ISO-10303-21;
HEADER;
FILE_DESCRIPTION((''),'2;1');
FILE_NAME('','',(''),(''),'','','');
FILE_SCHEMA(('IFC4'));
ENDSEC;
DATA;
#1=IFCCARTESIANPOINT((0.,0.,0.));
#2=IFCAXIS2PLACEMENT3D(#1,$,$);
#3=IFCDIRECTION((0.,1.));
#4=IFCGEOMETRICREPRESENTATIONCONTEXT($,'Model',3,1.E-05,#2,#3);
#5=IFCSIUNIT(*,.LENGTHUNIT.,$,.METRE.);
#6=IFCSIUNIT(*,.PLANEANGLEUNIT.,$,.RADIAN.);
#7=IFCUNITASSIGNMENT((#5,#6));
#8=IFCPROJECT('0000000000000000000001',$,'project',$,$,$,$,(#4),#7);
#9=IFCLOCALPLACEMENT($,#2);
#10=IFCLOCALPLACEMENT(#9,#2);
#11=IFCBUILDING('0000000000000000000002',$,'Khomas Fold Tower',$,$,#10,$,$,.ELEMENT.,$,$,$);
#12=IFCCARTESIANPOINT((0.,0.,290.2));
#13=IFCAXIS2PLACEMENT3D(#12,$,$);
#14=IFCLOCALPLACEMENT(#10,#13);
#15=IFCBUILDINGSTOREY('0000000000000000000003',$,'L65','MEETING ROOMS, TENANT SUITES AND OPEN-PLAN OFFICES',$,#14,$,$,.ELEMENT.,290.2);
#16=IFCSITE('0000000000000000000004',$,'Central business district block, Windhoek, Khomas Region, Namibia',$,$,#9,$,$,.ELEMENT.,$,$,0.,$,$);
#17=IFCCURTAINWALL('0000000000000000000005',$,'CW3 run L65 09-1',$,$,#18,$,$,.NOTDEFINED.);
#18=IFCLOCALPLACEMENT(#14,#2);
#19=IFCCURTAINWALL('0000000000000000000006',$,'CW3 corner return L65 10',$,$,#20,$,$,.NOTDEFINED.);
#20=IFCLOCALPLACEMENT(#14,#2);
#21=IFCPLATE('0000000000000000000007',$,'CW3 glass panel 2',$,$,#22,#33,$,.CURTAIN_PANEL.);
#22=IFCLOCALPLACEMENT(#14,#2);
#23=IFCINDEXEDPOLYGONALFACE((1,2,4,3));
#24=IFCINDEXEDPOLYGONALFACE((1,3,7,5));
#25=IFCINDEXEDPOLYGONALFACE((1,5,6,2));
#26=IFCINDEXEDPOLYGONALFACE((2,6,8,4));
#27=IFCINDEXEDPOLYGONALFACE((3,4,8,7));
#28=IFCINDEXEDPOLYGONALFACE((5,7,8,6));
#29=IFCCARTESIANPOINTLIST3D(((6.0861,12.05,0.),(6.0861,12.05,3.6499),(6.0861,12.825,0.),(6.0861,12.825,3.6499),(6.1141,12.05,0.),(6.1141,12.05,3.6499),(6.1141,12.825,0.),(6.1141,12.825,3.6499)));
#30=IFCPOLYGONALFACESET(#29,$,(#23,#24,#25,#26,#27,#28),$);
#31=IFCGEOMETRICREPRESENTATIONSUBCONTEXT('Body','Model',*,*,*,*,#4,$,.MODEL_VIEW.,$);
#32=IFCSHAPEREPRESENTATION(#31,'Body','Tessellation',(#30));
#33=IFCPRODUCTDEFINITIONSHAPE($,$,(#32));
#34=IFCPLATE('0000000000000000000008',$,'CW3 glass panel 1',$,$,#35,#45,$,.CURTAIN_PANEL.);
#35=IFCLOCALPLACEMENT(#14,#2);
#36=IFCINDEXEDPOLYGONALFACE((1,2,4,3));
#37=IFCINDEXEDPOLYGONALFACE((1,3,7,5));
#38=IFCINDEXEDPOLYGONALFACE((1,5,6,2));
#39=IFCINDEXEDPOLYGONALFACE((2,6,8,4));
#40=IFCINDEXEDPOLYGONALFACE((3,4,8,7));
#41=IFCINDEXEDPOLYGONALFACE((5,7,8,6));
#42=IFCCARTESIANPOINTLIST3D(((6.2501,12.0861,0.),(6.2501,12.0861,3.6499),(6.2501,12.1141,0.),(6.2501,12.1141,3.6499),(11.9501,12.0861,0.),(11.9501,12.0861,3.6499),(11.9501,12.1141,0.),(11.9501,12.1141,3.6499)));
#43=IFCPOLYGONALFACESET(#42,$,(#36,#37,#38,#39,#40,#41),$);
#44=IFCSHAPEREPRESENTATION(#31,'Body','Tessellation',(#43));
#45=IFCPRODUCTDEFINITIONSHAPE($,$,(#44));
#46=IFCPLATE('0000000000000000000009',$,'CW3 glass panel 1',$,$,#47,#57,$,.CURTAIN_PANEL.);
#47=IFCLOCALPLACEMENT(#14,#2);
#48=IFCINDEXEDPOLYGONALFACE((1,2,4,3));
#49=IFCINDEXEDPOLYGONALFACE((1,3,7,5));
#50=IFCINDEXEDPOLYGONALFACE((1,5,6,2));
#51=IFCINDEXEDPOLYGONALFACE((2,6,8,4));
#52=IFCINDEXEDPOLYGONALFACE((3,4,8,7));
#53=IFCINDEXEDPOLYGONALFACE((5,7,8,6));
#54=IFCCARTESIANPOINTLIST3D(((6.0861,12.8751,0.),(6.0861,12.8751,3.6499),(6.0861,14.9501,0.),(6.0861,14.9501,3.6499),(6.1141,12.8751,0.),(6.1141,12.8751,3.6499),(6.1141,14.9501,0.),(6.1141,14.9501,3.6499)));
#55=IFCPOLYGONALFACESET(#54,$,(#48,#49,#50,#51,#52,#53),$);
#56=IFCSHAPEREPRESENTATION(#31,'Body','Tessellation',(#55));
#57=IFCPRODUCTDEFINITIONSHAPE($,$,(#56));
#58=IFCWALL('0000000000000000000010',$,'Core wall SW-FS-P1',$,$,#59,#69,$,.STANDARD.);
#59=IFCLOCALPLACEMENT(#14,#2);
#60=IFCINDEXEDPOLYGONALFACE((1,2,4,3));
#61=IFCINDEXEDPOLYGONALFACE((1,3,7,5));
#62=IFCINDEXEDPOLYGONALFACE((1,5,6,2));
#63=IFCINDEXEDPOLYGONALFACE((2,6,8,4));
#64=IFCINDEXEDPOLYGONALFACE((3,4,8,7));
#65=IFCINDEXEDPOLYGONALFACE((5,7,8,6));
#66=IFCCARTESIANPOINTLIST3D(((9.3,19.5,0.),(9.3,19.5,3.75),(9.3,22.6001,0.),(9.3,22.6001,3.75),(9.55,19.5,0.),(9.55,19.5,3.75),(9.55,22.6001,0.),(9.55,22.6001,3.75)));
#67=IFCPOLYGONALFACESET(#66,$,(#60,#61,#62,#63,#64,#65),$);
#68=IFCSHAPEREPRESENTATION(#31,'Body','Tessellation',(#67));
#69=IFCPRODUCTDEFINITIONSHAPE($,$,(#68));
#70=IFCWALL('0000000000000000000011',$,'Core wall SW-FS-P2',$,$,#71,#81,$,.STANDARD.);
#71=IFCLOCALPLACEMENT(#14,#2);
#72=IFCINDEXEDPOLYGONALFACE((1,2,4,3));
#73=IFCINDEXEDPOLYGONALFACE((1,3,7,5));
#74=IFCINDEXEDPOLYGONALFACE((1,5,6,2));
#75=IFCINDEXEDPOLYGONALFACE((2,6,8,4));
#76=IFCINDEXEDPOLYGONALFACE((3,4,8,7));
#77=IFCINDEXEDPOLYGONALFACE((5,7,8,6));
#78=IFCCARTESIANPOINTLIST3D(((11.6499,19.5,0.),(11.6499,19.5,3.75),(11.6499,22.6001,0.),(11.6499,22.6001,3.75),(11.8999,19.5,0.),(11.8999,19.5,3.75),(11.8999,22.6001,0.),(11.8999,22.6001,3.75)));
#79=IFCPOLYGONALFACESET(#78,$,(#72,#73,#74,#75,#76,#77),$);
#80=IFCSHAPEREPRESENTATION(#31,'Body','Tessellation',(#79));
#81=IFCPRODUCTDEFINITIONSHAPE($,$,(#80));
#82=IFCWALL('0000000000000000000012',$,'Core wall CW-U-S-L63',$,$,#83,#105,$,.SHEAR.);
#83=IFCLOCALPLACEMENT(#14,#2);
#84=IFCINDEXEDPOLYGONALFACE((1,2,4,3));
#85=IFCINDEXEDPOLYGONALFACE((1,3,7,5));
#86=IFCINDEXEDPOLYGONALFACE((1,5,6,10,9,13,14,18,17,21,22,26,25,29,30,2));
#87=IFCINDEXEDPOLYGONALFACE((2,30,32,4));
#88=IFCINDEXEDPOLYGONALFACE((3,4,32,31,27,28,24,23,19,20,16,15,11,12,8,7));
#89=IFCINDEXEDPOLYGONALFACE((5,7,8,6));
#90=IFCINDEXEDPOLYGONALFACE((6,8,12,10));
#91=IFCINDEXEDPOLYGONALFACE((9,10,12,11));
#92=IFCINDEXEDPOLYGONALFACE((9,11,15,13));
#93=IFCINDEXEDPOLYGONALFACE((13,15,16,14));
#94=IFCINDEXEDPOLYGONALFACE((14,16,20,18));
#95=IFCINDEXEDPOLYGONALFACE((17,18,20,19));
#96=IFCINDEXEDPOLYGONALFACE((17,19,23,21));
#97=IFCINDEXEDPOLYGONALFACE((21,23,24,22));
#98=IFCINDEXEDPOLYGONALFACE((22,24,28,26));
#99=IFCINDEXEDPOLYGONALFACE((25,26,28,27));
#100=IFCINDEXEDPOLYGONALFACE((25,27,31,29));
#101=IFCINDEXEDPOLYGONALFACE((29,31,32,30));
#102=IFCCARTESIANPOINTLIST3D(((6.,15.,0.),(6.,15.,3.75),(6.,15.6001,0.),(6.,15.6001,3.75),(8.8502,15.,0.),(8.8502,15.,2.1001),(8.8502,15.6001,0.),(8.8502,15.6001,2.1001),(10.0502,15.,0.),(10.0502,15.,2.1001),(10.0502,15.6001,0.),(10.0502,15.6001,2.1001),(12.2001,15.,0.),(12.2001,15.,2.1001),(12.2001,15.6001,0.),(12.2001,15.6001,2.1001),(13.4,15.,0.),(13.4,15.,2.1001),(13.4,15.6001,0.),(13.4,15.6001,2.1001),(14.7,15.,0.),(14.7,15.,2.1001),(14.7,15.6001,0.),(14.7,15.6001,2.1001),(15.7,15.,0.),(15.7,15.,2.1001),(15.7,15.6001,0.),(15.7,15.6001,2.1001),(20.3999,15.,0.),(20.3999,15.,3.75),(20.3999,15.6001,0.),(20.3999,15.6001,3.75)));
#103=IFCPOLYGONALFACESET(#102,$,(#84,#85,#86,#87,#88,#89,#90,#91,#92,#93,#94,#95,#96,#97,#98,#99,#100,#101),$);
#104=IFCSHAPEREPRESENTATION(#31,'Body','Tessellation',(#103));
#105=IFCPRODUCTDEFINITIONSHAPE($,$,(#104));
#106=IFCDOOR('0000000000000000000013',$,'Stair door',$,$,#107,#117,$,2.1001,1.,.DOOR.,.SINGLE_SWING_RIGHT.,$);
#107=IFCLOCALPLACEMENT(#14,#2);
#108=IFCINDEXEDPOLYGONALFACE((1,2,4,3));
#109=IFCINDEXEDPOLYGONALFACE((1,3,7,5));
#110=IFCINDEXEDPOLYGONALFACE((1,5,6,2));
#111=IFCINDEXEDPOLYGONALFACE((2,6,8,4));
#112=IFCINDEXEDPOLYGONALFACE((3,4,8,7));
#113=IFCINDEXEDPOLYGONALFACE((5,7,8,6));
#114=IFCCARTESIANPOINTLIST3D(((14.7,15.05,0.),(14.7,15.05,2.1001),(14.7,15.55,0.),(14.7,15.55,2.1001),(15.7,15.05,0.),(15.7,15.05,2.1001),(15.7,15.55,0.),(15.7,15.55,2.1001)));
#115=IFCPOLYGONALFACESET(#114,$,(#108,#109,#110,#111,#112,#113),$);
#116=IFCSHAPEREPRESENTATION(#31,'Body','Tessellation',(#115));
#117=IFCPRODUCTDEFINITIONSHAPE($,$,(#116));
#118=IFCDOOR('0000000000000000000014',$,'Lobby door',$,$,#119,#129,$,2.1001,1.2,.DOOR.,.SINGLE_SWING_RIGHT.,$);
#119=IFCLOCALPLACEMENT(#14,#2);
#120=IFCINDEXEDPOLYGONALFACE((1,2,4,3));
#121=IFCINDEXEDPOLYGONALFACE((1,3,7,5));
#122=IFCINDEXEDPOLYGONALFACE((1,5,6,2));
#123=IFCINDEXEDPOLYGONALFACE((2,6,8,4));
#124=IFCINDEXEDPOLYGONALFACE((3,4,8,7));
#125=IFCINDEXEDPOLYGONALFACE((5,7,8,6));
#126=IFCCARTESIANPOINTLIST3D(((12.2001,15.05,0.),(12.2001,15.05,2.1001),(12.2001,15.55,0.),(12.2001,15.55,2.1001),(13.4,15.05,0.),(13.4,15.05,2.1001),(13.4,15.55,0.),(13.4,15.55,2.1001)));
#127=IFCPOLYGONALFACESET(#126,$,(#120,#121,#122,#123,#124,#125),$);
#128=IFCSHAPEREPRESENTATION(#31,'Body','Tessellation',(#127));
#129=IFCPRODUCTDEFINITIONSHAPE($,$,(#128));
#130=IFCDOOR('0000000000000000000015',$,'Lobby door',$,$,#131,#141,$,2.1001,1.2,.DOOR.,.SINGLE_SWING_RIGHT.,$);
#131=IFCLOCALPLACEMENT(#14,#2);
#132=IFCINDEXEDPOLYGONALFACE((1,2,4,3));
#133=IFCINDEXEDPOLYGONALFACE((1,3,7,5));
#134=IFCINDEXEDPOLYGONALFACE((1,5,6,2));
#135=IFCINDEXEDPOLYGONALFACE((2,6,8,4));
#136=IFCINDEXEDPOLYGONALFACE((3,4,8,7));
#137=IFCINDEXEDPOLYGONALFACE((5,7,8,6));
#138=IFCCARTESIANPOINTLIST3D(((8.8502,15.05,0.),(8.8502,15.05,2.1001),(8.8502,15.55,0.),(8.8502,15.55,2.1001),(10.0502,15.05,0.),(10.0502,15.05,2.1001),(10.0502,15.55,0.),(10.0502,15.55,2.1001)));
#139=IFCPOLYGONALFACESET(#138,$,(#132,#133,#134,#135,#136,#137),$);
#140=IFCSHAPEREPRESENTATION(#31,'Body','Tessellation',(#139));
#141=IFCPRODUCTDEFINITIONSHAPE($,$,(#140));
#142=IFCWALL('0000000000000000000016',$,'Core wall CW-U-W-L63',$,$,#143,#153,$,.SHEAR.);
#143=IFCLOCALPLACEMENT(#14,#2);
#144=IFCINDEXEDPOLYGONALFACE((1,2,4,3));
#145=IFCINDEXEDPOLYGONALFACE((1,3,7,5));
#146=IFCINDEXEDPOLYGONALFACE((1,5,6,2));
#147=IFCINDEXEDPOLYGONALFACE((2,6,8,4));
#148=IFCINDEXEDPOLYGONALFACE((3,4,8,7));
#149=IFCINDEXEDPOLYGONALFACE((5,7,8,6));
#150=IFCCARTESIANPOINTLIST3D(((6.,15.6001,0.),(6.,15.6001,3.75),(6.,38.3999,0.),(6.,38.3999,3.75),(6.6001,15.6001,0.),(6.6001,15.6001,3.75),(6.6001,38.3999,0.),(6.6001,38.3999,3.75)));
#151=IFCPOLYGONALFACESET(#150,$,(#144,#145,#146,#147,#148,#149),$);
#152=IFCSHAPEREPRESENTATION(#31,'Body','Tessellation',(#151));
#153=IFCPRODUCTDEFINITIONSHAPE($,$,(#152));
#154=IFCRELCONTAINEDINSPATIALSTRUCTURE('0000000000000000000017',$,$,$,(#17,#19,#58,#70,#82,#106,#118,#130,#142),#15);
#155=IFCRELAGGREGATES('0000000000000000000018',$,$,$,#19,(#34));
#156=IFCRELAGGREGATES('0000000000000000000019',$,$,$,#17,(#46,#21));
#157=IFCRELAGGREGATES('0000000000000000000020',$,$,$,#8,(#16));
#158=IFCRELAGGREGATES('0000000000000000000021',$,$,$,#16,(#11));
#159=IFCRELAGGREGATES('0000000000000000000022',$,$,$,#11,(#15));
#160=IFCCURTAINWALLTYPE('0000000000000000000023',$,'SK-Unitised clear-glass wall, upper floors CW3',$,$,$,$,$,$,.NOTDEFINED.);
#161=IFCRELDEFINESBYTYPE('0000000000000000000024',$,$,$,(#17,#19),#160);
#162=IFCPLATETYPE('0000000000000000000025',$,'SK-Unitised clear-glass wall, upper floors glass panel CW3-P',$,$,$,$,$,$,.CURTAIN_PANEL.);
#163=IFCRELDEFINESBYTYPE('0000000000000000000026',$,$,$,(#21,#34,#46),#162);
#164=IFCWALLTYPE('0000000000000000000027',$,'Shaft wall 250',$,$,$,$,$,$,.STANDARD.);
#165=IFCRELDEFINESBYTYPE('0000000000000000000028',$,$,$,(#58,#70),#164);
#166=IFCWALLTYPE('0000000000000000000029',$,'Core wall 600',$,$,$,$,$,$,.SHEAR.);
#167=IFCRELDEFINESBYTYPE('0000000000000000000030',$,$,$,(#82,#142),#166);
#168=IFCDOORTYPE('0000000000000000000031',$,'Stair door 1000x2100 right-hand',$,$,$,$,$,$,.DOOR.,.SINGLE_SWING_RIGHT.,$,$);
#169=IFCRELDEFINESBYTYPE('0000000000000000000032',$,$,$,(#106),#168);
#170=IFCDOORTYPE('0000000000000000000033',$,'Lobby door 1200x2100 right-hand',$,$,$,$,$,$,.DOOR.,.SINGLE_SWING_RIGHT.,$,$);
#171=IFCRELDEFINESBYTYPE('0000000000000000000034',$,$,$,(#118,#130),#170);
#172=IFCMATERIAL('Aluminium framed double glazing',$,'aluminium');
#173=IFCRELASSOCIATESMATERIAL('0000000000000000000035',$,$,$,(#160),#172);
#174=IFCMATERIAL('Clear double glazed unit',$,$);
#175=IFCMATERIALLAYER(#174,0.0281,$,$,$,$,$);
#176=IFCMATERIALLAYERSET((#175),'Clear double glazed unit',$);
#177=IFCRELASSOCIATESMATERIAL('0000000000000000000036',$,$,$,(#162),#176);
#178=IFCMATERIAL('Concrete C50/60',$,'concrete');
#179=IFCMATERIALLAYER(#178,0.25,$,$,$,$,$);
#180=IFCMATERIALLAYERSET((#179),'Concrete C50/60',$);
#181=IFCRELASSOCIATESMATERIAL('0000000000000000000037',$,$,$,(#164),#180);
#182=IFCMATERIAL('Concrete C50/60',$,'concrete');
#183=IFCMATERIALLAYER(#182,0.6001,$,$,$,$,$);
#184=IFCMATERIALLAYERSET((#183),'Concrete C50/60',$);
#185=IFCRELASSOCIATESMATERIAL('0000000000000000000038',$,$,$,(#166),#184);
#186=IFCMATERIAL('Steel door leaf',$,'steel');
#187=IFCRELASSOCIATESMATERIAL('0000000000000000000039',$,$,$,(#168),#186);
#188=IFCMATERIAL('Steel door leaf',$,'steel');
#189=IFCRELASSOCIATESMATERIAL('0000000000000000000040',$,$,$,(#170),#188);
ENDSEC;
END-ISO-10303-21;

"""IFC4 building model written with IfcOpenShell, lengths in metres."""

from ifc_helpers import new_model, si_unit, direction, frame, frame_2d, origin, origin_2d, place, context, subcontext, project, spatial, rectangle, extrude, source, transform, mapped, material, layer, layer_set, type_object, element, fill, aggregate, save


model = new_model("IFC4")

# Units and contexts
model_context = context("Model", 3, precision=1e-05, world=origin(), true_north=direction((0.0, 1.0)))
body_context = subcontext(model_context, "Body", "Model", "MODEL_VIEW")
ifc_project = project(units=[si_unit("LENGTHUNIT", "METRE"), si_unit("PLANEANGLEUNIT", "RADIAN")], contexts=[model_context])

# Site, building, storey
site_placement = place(None, origin())
site = spatial("IfcSite", under=ifc_project, at=site_placement, Name="Central business district block, Windhoek, Khomas Region, Namibia", CompositionType="ELEMENT", RefElevation=0.0)
building_placement = place(site_placement, origin())
building = spatial("IfcBuilding", under=site, at=building_placement, Name="Khomas Fold Tower", CompositionType="ELEMENT")
storey_placement = place(building_placement, frame((0.0, 0.0, 290.2)))
storey = spatial("IfcBuildingStorey", under=building, at=storey_placement, Name="L65", Description="MEETING ROOMS, TENANT SUITES AND OPEN-PLAN OFFICES", CompositionType="ELEMENT", Elevation=290.2)

# Curtain walls
ifc_material_1 = material(Name="Aluminium framed double glazing", Category="aluminium")
curtain_wall_type = type_object("IfcCurtainWallType", Name="SK-Unitised clear-glass wall, upper floors CW3", PredefinedType="NOTDEFINED", material=ifc_material_1)
curtain_wall_1_placement = place(storey_placement, origin())
curtain_wall_1 = element("IfcCurtainWall", 1, at=curtain_wall_1_placement, inside=storey, type_object=curtain_wall_type, Name="CW3 run L65 09-1", PredefinedType="NOTDEFINED")
curtain_wall_2_placement = place(storey_placement, origin())
curtain_wall_2 = element("IfcCurtainWall", 2, at=curtain_wall_2_placement, inside=storey, type_object=curtain_wall_type, Name="CW3 corner return L65 10", PredefinedType="NOTDEFINED")

# Plates
ifc_material_2 = material(Name="Clear double glazed unit")
ifc_layer_1 = layer(ifc_material_2, 0.0281)
ifc_layer_set_1 = layer_set([ifc_layer_1], Name="Clear double glazed unit")
plate_type = type_object("IfcPlateType", Name="SK-Unitised clear-glass wall, upper floors glass panel CW3-P", PredefinedType="CURTAIN_PANEL", material=ifc_layer_set_1)
shared_shape_1 = source(origin(), body_context, "Body", "SweptSolid", [
    extrude(rectangle(XDim=0.7749, YDim=0.0281, at=origin_2d()), origin(), (0.0, 0.0, 1.0), 3.6499),
])
plate_1_placement = place(storey_placement, frame((6.1001, 12.4375, 0.0), z_axis=(0.0, 0.0, 1.0), x_axis=(0.0, -1.0, 0.0)))
plate_1 = element("IfcPlate", 3, at=plate_1_placement, type_object=plate_type, Name="CW3 glass panel 2", PredefinedType="CURTAIN_PANEL", context=body_context, shape_type="MappedRepresentation", body=[
    mapped(shared_shape_1, transform((0.0, 0.0, 0.0))),
])
shared_shape_2 = source(origin(), body_context, "Body", "SweptSolid", [
    extrude(rectangle(XDim=5.7, YDim=0.0281, at=origin_2d()), origin(), (0.0, 0.0, 1.0), 3.6499),
])
plate_2_placement = place(storey_placement, frame((9.1001, 12.1001, 0.0), z_axis=(0.0, 0.0, 1.0), x_axis=(1.0, 0.0, 0.0)))
plate_2 = element("IfcPlate", 4, at=plate_2_placement, type_object=plate_type, Name="CW3 glass panel 1", PredefinedType="CURTAIN_PANEL", context=body_context, shape_type="MappedRepresentation", body=[
    mapped(shared_shape_2, transform((0.0, 0.0, 0.0))),
])
aggregate(curtain_wall_2, [plate_2])
shared_shape_3 = source(origin(), body_context, "Body", "SweptSolid", [
    extrude(rectangle(XDim=2.075, YDim=0.0281, at=origin_2d()), origin(), (0.0, 0.0, 1.0), 3.6499),
])
plate_3_placement = place(storey_placement, frame((6.1001, 13.9126, 0.0), z_axis=(0.0, 0.0, 1.0), x_axis=(0.0, -1.0, 0.0)))
plate_3 = element("IfcPlate", 5, at=plate_3_placement, type_object=plate_type, Name="CW3 glass panel 1", PredefinedType="CURTAIN_PANEL", context=body_context, shape_type="MappedRepresentation", body=[
    mapped(shared_shape_3, transform((0.0, 0.0, 0.0))),
])
aggregate(curtain_wall_1, [plate_3, plate_1])

# Walls
ifc_material_3 = material(Name="Concrete C50/60", Category="concrete")
ifc_layer_2 = layer(ifc_material_3, 0.25)
ifc_layer_set_2 = layer_set([ifc_layer_2], Name="Concrete C50/60")
wall_type_1 = type_object("IfcWallType", Name="Shaft wall 250", PredefinedType="STANDARD", material=ifc_layer_set_2)
shared_shape_4 = source(origin(), body_context, "Body", "SweptSolid", [
    extrude(rectangle(XDim=3.1001, YDim=0.25, at=frame_2d((1.55, 0.0))), origin(), (0.0, 0.0, 1.0), 3.75),
])
for number, where, z_axis, x_axis, name in (
    (6, (9.425, 19.5, 0.0), (0.0, 0.0, 1.0), (0.0, 1.0, 0.0), "Core wall SW-FS-P1"),
    (7, (11.7749, 19.5, 0.0), (0.0, 0.0, 1.0), (0.0, 1.0, 0.0), "Core wall SW-FS-P2"),
):
    element("IfcWall", number, at=place(storey_placement, frame(where, z_axis=z_axis, x_axis=x_axis)), inside=storey, type_object=wall_type_1, Name=name, PredefinedType="STANDARD", context=body_context, shape_type="MappedRepresentation", body=[
        mapped(shared_shape_4, transform((0.0, 0.0, 0.0))),
    ])

# Wall, openings, doors
ifc_material_4 = material(Name="Concrete C50/60", Category="concrete")
ifc_layer_3 = layer(ifc_material_4, 0.6001)
ifc_layer_set_3 = layer_set([ifc_layer_3], Name="Concrete C50/60")
wall_type_2 = type_object("IfcWallType", Name="Core wall 600", PredefinedType="SHEAR", material=ifc_layer_set_3)
shared_shape_5 = source(origin(), body_context, "Body", "SweptSolid", [
    extrude(rectangle(XDim=14.3999, YDim=0.6001, at=frame_2d((7.2, 0.0))), origin(), (0.0, 0.0, 1.0), 3.75),
])
wall_1_placement = place(storey_placement, frame((6.0, 15.3, 0.0), z_axis=(0.0, 0.0, 1.0), x_axis=(1.0, 0.0, 0.0)))
wall_1 = element("IfcWall", 8, at=wall_1_placement, inside=storey, type_object=wall_type_2, Name="Core wall CW-U-S-L63", PredefinedType="SHEAR", context=body_context, shape_type="MappedRepresentation", body=[
    mapped(shared_shape_5, transform((0.0, 0.0, 0.0))),
])
shared_shape_6 = source(origin(), body_context, "Body", "SweptSolid", [
    extrude(rectangle(XDim=1.2, YDim=2.1001, at=frame_2d((0.6001, 1.05))), frame((0.0, 0.3101, 0.0), z_axis=(0.0, -1.0, 0.0), x_axis=(1.0, 0.0, 0.0)), (0.0, 0.0, 1.0), 0.6201),
])
opening_1_placement = place(wall_1_placement, frame((6.2, 0.0, 0.0)))
opening_1 = element("IfcOpeningElement", 9, at=opening_1_placement, cuts=wall_1, PredefinedType="OPENING", context=body_context, shape_type="MappedRepresentation", body=[
    mapped(shared_shape_6, transform((0.0, 0.0, 0.0))),
])
opening_2_placement = place(wall_1_placement, frame((2.8501, 0.0, 0.0)))
opening_2 = element("IfcOpeningElement", 10, at=opening_2_placement, cuts=wall_1, PredefinedType="OPENING", context=body_context, shape_type="MappedRepresentation", body=[
    mapped(shared_shape_6, transform((0.0, 0.0, 0.0))),
])
shared_shape_7 = source(origin(), body_context, "Body", "SweptSolid", [
    extrude(rectangle(XDim=1.0, YDim=2.1001, at=frame_2d((0.5, 1.05))), frame((0.0, 0.3101, 0.0), z_axis=(0.0, -1.0, 0.0), x_axis=(1.0, 0.0, 0.0)), (0.0, 0.0, 1.0), 0.6201),
])
opening_3_placement = place(wall_1_placement, frame((8.7, 0.0, 0.0)))
opening_3 = element("IfcOpeningElement", 11, at=opening_3_placement, cuts=wall_1, PredefinedType="OPENING", context=body_context, shape_type="MappedRepresentation", body=[
    mapped(shared_shape_7, transform((0.0, 0.0, 0.0))),
])
ifc_material_5 = material(Name="Steel door leaf", Category="steel")
door_type_1 = type_object("IfcDoorType", Name="Stair door 1000x2100 right-hand", OperationType="SINGLE_SWING_RIGHT", PredefinedType="DOOR", material=ifc_material_5)
shared_shape_8 = source(origin(), body_context, "Body", "SweptSolid", [
    extrude(rectangle(XDim=1.0, YDim=2.1001, at=frame_2d((0.5, 1.05))), frame((0.0, 0.25, 0.0), z_axis=(0.0, -1.0, 0.0), x_axis=(1.0, 0.0, 0.0)), (0.0, 0.0, 1.0), 0.5),
])
door_1_placement = place(opening_3_placement, origin())
door_1 = element("IfcDoor", 12, at=door_1_placement, inside=storey, type_object=door_type_1, Name="Stair door", OperationType="SINGLE_SWING_RIGHT", OverallHeight=2.1001, OverallWidth=1.0, PredefinedType="DOOR", context=body_context, shape_type="MappedRepresentation", body=[
    mapped(shared_shape_8, transform((0.0, 0.0, 0.0))),
])
fill(opening_3, door_1)
ifc_material_6 = material(Name="Steel door leaf", Category="steel")
door_type_2 = type_object("IfcDoorType", Name="Lobby door 1200x2100 right-hand", OperationType="SINGLE_SWING_RIGHT", PredefinedType="DOOR", material=ifc_material_6)
shared_shape_9 = source(origin(), body_context, "Body", "SweptSolid", [
    extrude(rectangle(XDim=1.2, YDim=2.1001, at=frame_2d((0.6001, 1.05))), frame((0.0, 0.25, 0.0), z_axis=(0.0, -1.0, 0.0), x_axis=(1.0, 0.0, 0.0)), (0.0, 0.0, 1.0), 0.5),
])
door_2_placement = place(opening_1_placement, origin())
door_2 = element("IfcDoor", 13, at=door_2_placement, inside=storey, type_object=door_type_2, Name="Lobby door", OperationType="SINGLE_SWING_RIGHT", OverallHeight=2.1001, OverallWidth=1.2, PredefinedType="DOOR", context=body_context, shape_type="MappedRepresentation", body=[
    mapped(shared_shape_9, transform((0.0, 0.0, 0.0))),
])
fill(opening_1, door_2)
door_3_placement = place(opening_2_placement, origin())
door_3 = element("IfcDoor", 14, at=door_3_placement, inside=storey, type_object=door_type_2, Name="Lobby door", OperationType="SINGLE_SWING_RIGHT", OverallHeight=2.1001, OverallWidth=1.2, PredefinedType="DOOR", context=body_context, shape_type="MappedRepresentation", body=[
    mapped(shared_shape_9, transform((0.0, 0.0, 0.0))),
])
fill(opening_2, door_3)

# Wall
shared_shape_10 = source(origin(), body_context, "Body", "SweptSolid", [
    extrude(rectangle(XDim=22.7998, YDim=0.6001, at=frame_2d((11.3999, 0.0))), origin(), (0.0, 0.0, 1.0), 3.75),
])
wall_2_placement = place(storey_placement, frame((6.3, 15.6001, 0.0), z_axis=(0.0, 0.0, 1.0), x_axis=(0.0, 1.0, 0.0)))
element("IfcWall", 15, at=wall_2_placement, inside=storey, type_object=wall_type_2, Name="Core wall CW-U-W-L63", PredefinedType="SHEAR", context=body_context, shape_type="MappedRepresentation", body=[
    mapped(shared_shape_10, transform((0.0, 0.0, 0.0))),
])

save(model, "model.ifc")
